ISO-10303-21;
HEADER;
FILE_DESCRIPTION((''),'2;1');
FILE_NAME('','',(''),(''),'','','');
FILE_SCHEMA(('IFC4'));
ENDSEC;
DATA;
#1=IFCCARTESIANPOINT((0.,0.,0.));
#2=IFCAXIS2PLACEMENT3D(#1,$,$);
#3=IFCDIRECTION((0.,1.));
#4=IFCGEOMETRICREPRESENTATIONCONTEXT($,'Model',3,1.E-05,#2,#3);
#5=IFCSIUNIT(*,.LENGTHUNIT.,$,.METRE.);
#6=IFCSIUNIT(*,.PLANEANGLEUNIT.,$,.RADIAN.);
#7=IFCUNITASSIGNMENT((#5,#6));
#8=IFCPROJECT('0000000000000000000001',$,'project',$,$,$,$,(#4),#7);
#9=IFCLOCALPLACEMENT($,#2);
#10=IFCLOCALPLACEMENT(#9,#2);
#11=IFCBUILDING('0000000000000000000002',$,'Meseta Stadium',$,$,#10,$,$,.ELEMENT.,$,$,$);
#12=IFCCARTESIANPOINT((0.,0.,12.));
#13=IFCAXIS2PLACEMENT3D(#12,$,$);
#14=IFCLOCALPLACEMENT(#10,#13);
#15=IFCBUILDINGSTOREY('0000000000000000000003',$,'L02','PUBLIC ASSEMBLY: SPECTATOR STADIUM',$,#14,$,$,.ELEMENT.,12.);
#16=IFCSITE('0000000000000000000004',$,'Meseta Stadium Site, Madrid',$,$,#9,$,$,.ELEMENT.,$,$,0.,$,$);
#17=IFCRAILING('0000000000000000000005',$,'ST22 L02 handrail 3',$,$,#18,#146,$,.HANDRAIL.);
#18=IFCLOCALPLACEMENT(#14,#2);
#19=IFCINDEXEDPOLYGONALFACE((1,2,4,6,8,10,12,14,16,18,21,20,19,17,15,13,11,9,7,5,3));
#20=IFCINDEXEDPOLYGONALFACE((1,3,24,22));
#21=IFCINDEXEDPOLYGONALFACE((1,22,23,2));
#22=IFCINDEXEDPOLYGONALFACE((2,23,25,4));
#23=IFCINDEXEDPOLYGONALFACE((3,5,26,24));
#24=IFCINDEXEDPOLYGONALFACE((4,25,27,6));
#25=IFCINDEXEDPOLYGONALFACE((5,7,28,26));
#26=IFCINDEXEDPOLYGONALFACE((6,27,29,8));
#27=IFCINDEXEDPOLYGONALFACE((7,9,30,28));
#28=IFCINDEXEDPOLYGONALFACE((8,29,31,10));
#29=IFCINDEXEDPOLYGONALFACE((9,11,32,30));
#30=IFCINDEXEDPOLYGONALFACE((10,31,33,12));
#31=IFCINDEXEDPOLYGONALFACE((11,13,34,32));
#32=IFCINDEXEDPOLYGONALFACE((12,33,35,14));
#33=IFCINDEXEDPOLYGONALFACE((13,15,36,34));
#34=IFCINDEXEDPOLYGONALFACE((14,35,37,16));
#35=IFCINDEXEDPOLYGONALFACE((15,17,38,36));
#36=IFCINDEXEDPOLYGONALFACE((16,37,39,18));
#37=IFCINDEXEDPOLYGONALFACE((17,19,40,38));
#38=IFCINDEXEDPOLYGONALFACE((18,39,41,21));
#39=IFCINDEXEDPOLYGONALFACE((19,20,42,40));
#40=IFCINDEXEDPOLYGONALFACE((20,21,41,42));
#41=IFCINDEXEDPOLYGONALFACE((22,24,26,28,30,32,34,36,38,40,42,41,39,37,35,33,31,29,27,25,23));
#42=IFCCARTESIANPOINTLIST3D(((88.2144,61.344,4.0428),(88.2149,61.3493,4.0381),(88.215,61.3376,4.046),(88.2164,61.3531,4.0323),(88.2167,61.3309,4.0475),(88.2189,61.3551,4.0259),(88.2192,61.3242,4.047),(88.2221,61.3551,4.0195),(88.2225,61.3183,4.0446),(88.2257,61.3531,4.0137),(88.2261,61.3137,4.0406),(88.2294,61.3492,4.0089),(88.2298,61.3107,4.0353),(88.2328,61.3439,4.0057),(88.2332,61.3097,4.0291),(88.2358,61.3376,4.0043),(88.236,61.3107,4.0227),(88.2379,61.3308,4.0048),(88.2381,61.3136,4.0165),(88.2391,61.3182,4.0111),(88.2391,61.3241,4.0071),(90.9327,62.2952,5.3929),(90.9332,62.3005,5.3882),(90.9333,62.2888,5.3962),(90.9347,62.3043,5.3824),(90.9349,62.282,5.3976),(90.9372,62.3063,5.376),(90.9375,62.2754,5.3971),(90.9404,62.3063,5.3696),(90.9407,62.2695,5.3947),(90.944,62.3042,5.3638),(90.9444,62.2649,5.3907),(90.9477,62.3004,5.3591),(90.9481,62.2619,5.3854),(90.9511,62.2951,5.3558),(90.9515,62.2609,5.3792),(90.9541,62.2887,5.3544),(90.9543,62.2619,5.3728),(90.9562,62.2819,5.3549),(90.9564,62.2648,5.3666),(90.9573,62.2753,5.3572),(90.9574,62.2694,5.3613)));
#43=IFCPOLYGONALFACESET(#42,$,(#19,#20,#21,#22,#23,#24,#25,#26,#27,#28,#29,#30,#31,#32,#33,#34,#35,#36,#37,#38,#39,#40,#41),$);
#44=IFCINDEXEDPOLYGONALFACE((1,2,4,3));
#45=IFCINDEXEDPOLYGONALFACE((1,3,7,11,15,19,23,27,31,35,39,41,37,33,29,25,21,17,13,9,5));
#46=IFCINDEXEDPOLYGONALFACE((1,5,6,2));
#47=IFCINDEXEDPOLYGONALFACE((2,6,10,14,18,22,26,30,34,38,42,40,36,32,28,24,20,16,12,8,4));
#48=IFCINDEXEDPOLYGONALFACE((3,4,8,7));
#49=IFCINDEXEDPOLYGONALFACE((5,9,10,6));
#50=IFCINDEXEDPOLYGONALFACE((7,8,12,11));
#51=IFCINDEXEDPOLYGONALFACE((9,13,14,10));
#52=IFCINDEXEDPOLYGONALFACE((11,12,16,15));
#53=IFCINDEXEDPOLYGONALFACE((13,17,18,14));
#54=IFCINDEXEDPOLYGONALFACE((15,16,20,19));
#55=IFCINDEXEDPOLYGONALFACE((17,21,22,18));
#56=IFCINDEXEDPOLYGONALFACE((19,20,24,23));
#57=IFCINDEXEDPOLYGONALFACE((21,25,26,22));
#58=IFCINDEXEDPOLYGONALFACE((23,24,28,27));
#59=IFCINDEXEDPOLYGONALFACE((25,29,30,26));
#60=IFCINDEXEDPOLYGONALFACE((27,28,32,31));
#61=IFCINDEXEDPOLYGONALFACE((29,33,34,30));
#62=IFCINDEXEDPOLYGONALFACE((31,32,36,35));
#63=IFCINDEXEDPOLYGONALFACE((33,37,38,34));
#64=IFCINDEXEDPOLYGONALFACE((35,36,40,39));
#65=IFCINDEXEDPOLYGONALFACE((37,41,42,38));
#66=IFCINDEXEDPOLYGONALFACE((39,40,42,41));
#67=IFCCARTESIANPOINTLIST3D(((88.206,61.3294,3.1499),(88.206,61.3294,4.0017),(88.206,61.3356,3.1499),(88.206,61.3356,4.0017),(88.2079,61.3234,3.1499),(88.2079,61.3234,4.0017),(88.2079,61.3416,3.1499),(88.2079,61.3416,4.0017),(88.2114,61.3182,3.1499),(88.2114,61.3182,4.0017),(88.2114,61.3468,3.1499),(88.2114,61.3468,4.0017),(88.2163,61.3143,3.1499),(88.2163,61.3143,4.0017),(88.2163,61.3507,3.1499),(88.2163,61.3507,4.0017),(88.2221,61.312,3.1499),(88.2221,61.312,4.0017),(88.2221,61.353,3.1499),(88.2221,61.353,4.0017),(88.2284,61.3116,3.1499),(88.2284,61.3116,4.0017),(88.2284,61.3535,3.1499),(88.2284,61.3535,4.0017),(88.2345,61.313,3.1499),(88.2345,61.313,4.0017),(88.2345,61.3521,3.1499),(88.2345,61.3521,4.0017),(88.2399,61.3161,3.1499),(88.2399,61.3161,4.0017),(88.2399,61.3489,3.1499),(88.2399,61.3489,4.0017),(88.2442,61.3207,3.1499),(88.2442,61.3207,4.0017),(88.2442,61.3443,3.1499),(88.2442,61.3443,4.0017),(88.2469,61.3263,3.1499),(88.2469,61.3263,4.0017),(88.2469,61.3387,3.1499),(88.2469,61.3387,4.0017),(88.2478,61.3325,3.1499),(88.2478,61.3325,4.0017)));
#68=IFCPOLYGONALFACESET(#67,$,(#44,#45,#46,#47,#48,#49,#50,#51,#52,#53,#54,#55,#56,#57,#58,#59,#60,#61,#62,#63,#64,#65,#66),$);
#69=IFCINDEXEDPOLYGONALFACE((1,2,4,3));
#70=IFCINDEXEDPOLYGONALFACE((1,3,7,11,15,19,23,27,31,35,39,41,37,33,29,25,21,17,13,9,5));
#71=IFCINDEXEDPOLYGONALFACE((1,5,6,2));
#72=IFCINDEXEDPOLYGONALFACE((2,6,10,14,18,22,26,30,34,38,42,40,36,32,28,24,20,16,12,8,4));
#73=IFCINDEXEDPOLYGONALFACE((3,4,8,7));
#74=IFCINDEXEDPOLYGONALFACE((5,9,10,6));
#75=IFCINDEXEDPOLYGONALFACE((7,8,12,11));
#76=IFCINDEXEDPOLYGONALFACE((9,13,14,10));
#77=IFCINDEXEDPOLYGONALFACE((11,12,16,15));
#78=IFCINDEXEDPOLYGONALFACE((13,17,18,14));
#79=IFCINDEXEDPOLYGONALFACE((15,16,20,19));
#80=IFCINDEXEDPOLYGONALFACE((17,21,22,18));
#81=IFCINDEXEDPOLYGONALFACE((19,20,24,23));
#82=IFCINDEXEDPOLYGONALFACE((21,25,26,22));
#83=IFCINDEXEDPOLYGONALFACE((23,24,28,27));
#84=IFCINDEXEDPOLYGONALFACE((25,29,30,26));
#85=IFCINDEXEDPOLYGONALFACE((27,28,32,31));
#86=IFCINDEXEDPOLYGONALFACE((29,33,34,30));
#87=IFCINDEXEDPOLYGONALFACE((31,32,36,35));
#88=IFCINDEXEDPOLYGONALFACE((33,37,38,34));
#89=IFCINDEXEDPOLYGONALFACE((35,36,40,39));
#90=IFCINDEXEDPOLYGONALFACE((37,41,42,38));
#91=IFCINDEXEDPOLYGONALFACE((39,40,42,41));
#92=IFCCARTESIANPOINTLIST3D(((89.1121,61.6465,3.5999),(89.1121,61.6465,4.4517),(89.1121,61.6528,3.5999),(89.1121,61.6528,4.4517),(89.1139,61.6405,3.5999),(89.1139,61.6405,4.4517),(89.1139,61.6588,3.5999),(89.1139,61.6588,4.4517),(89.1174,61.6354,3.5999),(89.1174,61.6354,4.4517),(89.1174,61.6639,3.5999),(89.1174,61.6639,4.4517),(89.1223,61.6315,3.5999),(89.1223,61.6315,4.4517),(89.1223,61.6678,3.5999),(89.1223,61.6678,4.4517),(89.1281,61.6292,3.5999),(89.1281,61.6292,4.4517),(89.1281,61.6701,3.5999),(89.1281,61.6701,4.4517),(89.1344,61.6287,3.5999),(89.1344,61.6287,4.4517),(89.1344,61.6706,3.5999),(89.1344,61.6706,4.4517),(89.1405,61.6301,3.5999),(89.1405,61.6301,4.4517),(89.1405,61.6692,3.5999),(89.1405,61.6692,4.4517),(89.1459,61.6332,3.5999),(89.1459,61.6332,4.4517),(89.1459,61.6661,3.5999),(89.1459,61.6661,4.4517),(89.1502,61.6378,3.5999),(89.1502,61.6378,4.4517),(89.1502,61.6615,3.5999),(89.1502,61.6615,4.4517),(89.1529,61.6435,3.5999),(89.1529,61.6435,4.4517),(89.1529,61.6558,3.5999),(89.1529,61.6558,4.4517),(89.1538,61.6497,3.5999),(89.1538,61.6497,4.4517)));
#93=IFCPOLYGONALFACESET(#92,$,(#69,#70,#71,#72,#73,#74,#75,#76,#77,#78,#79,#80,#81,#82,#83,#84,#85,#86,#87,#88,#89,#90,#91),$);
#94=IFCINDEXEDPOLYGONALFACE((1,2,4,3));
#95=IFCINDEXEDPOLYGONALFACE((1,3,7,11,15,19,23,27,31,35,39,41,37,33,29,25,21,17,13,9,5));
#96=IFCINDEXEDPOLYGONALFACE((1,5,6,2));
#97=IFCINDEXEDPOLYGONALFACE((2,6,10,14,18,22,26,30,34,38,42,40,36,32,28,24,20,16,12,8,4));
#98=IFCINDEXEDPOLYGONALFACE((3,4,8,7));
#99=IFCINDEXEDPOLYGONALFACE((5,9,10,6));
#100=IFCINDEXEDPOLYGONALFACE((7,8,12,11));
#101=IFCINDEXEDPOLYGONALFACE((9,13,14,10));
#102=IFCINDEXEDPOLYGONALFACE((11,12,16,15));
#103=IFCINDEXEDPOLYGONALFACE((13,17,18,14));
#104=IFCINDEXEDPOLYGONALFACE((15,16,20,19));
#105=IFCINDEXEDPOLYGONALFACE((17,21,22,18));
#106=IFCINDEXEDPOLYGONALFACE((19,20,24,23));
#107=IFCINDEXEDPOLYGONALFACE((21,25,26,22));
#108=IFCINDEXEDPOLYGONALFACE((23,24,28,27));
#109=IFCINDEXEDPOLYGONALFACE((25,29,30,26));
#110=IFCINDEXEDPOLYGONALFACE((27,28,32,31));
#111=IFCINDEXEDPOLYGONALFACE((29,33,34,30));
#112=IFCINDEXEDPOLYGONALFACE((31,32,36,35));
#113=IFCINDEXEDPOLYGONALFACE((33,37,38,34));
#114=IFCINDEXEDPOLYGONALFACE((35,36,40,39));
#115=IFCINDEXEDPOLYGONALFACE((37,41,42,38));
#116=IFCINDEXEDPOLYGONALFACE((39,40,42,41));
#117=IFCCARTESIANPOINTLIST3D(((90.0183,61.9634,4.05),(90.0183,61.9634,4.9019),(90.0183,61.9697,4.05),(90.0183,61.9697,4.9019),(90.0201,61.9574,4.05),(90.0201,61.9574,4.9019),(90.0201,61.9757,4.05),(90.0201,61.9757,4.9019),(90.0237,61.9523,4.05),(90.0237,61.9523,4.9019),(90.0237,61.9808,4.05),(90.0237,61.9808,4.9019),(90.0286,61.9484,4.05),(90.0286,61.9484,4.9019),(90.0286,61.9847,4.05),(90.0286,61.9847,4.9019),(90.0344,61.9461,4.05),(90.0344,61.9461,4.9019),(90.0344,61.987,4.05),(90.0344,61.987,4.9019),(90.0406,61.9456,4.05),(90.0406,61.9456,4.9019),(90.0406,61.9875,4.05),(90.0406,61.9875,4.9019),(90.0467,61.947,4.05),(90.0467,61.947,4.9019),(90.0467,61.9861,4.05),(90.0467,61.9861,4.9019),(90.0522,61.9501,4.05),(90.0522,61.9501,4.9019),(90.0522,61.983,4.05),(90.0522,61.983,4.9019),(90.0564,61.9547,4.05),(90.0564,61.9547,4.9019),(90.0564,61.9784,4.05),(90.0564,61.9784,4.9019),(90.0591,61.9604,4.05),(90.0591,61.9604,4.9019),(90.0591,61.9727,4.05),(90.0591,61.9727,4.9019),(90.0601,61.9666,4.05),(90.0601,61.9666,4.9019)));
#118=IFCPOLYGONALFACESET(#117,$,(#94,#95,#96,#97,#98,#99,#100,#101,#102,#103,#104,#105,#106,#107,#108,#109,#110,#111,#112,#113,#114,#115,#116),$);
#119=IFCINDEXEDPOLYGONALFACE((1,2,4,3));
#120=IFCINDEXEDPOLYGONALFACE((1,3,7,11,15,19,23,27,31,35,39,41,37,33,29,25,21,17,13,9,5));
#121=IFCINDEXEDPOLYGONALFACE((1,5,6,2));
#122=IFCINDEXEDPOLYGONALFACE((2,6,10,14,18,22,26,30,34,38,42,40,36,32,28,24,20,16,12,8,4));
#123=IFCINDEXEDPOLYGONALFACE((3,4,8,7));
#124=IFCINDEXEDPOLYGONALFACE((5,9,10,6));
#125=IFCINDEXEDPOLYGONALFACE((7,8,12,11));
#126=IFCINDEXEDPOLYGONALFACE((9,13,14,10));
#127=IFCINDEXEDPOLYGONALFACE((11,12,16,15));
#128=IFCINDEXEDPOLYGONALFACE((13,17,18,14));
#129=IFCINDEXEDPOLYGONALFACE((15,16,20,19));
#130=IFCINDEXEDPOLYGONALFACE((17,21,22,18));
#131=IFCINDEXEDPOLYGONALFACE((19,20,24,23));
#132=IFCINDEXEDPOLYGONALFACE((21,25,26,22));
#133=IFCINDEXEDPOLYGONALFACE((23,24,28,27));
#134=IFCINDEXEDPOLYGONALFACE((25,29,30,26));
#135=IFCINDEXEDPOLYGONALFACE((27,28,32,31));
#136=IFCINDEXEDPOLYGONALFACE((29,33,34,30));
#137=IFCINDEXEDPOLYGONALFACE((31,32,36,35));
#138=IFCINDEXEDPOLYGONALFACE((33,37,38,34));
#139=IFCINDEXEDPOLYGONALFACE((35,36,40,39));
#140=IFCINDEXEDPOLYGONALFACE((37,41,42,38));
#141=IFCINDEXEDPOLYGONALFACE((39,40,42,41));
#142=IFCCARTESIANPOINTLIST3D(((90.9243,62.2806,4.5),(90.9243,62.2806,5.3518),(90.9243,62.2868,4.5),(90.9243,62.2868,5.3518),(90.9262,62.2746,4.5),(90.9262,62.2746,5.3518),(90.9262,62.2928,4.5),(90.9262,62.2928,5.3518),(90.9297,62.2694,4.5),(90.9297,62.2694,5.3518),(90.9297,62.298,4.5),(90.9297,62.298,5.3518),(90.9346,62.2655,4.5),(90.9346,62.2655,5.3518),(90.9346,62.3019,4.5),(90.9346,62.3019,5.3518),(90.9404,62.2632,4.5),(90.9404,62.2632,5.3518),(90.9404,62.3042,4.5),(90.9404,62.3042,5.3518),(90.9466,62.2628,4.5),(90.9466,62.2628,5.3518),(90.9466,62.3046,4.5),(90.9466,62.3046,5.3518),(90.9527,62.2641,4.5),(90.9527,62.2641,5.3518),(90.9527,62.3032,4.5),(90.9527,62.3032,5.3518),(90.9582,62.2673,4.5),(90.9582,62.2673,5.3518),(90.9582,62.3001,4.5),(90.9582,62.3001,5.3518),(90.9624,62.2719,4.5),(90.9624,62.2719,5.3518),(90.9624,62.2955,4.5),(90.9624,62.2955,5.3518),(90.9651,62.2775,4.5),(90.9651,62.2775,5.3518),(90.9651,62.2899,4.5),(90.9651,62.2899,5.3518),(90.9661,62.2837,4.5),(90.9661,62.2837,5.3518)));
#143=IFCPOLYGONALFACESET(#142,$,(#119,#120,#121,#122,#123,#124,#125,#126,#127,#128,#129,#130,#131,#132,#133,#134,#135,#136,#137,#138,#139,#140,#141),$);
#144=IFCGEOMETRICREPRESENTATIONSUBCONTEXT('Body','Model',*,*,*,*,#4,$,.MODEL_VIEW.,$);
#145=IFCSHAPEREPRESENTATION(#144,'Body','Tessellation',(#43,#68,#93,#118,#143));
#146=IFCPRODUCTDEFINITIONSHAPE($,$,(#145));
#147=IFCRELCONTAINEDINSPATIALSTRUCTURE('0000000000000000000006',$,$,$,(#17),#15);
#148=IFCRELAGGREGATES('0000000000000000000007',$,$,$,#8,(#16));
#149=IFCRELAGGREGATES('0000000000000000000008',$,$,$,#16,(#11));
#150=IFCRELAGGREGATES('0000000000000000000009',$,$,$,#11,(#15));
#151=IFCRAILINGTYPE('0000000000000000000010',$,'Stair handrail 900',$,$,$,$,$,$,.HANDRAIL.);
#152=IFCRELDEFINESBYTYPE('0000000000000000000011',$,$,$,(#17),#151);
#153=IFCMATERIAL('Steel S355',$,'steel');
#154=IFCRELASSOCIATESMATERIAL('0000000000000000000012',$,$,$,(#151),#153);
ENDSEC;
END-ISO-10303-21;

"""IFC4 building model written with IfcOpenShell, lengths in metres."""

from ifc_helpers import new_model, si_unit, direction, frame, origin, origin_2d, place, context, subcontext, project, spatial, circle, extrude, material, type_object, element, save


model = new_model("IFC4")

# Units and contexts
model_context = context("Model", 3, precision=1e-05, world=origin(), true_north=direction((0.0, 1.0)))
body_context = subcontext(model_context, "Body", "Model", "MODEL_VIEW")
ifc_project = project(units=[si_unit("LENGTHUNIT", "METRE"), si_unit("PLANEANGLEUNIT", "RADIAN")], contexts=[model_context])

# Site, building, storey
site_placement = place(None, origin())
site = spatial("IfcSite", under=ifc_project, at=site_placement, Name="Meseta Stadium Site, Madrid", CompositionType="ELEMENT", RefElevation=0.0)
building_placement = place(site_placement, origin())
building = spatial("IfcBuilding", under=site, at=building_placement, Name="Meseta Stadium", CompositionType="ELEMENT")
storey_placement = place(building_placement, frame((0.0, 0.0, 12.0)))
storey = spatial("IfcBuildingStorey", under=building, at=storey_placement, Name="L02", Description="PUBLIC ASSEMBLY: SPECTATOR STADIUM", CompositionType="ELEMENT", Elevation=12.0)

# Railing
ifc_material_1 = material(Name="Steel S355", Category="steel")
railing_type_1 = type_object("IfcRailingType", Name="Stair handrail 900", PredefinedType="HANDRAIL", material=ifc_material_1)
for number, where, name in (
    (1, (88.2268, 61.3325, 3.1499), "ST22 L02 handrail 3"),
):
    element("IfcRailing", number, at=place(storey_placement, frame(where)), inside=storey, type_object=railing_type_1, Name=name, PredefinedType="HANDRAIL", context=body_context, shape_type="SweptSolid", body=[
        extrude(circle(Radius=0.0239, at=origin_2d()), frame((0.0, 0.0, 0.876), z_axis=(0.854629, 0.299051, 0.424474), x_axis=(-0.330282, 0.943882, 0.0)), (0.0, 0.0, 1.0), 3.1807),
        extrude(circle(Radius=0.021, at=origin_2d()), origin(), (0.0, 0.0, 1.0), 0.8518),
        extrude(circle(Radius=0.021, at=origin_2d()), frame((0.906, 0.3171, 0.45)), (0.0, 0.0, 1.0), 0.8518),
        extrude(circle(Radius=0.021, at=origin_2d()), frame((1.8123, 0.634, 0.9001)), (0.0, 0.0, 1.0), 0.8518),
        extrude(circle(Radius=0.021, at=origin_2d()), frame((2.7183, 0.9512, 1.3501)), (0.0, 0.0, 1.0), 0.8518),
    ])

save(model, "model.ifc")
